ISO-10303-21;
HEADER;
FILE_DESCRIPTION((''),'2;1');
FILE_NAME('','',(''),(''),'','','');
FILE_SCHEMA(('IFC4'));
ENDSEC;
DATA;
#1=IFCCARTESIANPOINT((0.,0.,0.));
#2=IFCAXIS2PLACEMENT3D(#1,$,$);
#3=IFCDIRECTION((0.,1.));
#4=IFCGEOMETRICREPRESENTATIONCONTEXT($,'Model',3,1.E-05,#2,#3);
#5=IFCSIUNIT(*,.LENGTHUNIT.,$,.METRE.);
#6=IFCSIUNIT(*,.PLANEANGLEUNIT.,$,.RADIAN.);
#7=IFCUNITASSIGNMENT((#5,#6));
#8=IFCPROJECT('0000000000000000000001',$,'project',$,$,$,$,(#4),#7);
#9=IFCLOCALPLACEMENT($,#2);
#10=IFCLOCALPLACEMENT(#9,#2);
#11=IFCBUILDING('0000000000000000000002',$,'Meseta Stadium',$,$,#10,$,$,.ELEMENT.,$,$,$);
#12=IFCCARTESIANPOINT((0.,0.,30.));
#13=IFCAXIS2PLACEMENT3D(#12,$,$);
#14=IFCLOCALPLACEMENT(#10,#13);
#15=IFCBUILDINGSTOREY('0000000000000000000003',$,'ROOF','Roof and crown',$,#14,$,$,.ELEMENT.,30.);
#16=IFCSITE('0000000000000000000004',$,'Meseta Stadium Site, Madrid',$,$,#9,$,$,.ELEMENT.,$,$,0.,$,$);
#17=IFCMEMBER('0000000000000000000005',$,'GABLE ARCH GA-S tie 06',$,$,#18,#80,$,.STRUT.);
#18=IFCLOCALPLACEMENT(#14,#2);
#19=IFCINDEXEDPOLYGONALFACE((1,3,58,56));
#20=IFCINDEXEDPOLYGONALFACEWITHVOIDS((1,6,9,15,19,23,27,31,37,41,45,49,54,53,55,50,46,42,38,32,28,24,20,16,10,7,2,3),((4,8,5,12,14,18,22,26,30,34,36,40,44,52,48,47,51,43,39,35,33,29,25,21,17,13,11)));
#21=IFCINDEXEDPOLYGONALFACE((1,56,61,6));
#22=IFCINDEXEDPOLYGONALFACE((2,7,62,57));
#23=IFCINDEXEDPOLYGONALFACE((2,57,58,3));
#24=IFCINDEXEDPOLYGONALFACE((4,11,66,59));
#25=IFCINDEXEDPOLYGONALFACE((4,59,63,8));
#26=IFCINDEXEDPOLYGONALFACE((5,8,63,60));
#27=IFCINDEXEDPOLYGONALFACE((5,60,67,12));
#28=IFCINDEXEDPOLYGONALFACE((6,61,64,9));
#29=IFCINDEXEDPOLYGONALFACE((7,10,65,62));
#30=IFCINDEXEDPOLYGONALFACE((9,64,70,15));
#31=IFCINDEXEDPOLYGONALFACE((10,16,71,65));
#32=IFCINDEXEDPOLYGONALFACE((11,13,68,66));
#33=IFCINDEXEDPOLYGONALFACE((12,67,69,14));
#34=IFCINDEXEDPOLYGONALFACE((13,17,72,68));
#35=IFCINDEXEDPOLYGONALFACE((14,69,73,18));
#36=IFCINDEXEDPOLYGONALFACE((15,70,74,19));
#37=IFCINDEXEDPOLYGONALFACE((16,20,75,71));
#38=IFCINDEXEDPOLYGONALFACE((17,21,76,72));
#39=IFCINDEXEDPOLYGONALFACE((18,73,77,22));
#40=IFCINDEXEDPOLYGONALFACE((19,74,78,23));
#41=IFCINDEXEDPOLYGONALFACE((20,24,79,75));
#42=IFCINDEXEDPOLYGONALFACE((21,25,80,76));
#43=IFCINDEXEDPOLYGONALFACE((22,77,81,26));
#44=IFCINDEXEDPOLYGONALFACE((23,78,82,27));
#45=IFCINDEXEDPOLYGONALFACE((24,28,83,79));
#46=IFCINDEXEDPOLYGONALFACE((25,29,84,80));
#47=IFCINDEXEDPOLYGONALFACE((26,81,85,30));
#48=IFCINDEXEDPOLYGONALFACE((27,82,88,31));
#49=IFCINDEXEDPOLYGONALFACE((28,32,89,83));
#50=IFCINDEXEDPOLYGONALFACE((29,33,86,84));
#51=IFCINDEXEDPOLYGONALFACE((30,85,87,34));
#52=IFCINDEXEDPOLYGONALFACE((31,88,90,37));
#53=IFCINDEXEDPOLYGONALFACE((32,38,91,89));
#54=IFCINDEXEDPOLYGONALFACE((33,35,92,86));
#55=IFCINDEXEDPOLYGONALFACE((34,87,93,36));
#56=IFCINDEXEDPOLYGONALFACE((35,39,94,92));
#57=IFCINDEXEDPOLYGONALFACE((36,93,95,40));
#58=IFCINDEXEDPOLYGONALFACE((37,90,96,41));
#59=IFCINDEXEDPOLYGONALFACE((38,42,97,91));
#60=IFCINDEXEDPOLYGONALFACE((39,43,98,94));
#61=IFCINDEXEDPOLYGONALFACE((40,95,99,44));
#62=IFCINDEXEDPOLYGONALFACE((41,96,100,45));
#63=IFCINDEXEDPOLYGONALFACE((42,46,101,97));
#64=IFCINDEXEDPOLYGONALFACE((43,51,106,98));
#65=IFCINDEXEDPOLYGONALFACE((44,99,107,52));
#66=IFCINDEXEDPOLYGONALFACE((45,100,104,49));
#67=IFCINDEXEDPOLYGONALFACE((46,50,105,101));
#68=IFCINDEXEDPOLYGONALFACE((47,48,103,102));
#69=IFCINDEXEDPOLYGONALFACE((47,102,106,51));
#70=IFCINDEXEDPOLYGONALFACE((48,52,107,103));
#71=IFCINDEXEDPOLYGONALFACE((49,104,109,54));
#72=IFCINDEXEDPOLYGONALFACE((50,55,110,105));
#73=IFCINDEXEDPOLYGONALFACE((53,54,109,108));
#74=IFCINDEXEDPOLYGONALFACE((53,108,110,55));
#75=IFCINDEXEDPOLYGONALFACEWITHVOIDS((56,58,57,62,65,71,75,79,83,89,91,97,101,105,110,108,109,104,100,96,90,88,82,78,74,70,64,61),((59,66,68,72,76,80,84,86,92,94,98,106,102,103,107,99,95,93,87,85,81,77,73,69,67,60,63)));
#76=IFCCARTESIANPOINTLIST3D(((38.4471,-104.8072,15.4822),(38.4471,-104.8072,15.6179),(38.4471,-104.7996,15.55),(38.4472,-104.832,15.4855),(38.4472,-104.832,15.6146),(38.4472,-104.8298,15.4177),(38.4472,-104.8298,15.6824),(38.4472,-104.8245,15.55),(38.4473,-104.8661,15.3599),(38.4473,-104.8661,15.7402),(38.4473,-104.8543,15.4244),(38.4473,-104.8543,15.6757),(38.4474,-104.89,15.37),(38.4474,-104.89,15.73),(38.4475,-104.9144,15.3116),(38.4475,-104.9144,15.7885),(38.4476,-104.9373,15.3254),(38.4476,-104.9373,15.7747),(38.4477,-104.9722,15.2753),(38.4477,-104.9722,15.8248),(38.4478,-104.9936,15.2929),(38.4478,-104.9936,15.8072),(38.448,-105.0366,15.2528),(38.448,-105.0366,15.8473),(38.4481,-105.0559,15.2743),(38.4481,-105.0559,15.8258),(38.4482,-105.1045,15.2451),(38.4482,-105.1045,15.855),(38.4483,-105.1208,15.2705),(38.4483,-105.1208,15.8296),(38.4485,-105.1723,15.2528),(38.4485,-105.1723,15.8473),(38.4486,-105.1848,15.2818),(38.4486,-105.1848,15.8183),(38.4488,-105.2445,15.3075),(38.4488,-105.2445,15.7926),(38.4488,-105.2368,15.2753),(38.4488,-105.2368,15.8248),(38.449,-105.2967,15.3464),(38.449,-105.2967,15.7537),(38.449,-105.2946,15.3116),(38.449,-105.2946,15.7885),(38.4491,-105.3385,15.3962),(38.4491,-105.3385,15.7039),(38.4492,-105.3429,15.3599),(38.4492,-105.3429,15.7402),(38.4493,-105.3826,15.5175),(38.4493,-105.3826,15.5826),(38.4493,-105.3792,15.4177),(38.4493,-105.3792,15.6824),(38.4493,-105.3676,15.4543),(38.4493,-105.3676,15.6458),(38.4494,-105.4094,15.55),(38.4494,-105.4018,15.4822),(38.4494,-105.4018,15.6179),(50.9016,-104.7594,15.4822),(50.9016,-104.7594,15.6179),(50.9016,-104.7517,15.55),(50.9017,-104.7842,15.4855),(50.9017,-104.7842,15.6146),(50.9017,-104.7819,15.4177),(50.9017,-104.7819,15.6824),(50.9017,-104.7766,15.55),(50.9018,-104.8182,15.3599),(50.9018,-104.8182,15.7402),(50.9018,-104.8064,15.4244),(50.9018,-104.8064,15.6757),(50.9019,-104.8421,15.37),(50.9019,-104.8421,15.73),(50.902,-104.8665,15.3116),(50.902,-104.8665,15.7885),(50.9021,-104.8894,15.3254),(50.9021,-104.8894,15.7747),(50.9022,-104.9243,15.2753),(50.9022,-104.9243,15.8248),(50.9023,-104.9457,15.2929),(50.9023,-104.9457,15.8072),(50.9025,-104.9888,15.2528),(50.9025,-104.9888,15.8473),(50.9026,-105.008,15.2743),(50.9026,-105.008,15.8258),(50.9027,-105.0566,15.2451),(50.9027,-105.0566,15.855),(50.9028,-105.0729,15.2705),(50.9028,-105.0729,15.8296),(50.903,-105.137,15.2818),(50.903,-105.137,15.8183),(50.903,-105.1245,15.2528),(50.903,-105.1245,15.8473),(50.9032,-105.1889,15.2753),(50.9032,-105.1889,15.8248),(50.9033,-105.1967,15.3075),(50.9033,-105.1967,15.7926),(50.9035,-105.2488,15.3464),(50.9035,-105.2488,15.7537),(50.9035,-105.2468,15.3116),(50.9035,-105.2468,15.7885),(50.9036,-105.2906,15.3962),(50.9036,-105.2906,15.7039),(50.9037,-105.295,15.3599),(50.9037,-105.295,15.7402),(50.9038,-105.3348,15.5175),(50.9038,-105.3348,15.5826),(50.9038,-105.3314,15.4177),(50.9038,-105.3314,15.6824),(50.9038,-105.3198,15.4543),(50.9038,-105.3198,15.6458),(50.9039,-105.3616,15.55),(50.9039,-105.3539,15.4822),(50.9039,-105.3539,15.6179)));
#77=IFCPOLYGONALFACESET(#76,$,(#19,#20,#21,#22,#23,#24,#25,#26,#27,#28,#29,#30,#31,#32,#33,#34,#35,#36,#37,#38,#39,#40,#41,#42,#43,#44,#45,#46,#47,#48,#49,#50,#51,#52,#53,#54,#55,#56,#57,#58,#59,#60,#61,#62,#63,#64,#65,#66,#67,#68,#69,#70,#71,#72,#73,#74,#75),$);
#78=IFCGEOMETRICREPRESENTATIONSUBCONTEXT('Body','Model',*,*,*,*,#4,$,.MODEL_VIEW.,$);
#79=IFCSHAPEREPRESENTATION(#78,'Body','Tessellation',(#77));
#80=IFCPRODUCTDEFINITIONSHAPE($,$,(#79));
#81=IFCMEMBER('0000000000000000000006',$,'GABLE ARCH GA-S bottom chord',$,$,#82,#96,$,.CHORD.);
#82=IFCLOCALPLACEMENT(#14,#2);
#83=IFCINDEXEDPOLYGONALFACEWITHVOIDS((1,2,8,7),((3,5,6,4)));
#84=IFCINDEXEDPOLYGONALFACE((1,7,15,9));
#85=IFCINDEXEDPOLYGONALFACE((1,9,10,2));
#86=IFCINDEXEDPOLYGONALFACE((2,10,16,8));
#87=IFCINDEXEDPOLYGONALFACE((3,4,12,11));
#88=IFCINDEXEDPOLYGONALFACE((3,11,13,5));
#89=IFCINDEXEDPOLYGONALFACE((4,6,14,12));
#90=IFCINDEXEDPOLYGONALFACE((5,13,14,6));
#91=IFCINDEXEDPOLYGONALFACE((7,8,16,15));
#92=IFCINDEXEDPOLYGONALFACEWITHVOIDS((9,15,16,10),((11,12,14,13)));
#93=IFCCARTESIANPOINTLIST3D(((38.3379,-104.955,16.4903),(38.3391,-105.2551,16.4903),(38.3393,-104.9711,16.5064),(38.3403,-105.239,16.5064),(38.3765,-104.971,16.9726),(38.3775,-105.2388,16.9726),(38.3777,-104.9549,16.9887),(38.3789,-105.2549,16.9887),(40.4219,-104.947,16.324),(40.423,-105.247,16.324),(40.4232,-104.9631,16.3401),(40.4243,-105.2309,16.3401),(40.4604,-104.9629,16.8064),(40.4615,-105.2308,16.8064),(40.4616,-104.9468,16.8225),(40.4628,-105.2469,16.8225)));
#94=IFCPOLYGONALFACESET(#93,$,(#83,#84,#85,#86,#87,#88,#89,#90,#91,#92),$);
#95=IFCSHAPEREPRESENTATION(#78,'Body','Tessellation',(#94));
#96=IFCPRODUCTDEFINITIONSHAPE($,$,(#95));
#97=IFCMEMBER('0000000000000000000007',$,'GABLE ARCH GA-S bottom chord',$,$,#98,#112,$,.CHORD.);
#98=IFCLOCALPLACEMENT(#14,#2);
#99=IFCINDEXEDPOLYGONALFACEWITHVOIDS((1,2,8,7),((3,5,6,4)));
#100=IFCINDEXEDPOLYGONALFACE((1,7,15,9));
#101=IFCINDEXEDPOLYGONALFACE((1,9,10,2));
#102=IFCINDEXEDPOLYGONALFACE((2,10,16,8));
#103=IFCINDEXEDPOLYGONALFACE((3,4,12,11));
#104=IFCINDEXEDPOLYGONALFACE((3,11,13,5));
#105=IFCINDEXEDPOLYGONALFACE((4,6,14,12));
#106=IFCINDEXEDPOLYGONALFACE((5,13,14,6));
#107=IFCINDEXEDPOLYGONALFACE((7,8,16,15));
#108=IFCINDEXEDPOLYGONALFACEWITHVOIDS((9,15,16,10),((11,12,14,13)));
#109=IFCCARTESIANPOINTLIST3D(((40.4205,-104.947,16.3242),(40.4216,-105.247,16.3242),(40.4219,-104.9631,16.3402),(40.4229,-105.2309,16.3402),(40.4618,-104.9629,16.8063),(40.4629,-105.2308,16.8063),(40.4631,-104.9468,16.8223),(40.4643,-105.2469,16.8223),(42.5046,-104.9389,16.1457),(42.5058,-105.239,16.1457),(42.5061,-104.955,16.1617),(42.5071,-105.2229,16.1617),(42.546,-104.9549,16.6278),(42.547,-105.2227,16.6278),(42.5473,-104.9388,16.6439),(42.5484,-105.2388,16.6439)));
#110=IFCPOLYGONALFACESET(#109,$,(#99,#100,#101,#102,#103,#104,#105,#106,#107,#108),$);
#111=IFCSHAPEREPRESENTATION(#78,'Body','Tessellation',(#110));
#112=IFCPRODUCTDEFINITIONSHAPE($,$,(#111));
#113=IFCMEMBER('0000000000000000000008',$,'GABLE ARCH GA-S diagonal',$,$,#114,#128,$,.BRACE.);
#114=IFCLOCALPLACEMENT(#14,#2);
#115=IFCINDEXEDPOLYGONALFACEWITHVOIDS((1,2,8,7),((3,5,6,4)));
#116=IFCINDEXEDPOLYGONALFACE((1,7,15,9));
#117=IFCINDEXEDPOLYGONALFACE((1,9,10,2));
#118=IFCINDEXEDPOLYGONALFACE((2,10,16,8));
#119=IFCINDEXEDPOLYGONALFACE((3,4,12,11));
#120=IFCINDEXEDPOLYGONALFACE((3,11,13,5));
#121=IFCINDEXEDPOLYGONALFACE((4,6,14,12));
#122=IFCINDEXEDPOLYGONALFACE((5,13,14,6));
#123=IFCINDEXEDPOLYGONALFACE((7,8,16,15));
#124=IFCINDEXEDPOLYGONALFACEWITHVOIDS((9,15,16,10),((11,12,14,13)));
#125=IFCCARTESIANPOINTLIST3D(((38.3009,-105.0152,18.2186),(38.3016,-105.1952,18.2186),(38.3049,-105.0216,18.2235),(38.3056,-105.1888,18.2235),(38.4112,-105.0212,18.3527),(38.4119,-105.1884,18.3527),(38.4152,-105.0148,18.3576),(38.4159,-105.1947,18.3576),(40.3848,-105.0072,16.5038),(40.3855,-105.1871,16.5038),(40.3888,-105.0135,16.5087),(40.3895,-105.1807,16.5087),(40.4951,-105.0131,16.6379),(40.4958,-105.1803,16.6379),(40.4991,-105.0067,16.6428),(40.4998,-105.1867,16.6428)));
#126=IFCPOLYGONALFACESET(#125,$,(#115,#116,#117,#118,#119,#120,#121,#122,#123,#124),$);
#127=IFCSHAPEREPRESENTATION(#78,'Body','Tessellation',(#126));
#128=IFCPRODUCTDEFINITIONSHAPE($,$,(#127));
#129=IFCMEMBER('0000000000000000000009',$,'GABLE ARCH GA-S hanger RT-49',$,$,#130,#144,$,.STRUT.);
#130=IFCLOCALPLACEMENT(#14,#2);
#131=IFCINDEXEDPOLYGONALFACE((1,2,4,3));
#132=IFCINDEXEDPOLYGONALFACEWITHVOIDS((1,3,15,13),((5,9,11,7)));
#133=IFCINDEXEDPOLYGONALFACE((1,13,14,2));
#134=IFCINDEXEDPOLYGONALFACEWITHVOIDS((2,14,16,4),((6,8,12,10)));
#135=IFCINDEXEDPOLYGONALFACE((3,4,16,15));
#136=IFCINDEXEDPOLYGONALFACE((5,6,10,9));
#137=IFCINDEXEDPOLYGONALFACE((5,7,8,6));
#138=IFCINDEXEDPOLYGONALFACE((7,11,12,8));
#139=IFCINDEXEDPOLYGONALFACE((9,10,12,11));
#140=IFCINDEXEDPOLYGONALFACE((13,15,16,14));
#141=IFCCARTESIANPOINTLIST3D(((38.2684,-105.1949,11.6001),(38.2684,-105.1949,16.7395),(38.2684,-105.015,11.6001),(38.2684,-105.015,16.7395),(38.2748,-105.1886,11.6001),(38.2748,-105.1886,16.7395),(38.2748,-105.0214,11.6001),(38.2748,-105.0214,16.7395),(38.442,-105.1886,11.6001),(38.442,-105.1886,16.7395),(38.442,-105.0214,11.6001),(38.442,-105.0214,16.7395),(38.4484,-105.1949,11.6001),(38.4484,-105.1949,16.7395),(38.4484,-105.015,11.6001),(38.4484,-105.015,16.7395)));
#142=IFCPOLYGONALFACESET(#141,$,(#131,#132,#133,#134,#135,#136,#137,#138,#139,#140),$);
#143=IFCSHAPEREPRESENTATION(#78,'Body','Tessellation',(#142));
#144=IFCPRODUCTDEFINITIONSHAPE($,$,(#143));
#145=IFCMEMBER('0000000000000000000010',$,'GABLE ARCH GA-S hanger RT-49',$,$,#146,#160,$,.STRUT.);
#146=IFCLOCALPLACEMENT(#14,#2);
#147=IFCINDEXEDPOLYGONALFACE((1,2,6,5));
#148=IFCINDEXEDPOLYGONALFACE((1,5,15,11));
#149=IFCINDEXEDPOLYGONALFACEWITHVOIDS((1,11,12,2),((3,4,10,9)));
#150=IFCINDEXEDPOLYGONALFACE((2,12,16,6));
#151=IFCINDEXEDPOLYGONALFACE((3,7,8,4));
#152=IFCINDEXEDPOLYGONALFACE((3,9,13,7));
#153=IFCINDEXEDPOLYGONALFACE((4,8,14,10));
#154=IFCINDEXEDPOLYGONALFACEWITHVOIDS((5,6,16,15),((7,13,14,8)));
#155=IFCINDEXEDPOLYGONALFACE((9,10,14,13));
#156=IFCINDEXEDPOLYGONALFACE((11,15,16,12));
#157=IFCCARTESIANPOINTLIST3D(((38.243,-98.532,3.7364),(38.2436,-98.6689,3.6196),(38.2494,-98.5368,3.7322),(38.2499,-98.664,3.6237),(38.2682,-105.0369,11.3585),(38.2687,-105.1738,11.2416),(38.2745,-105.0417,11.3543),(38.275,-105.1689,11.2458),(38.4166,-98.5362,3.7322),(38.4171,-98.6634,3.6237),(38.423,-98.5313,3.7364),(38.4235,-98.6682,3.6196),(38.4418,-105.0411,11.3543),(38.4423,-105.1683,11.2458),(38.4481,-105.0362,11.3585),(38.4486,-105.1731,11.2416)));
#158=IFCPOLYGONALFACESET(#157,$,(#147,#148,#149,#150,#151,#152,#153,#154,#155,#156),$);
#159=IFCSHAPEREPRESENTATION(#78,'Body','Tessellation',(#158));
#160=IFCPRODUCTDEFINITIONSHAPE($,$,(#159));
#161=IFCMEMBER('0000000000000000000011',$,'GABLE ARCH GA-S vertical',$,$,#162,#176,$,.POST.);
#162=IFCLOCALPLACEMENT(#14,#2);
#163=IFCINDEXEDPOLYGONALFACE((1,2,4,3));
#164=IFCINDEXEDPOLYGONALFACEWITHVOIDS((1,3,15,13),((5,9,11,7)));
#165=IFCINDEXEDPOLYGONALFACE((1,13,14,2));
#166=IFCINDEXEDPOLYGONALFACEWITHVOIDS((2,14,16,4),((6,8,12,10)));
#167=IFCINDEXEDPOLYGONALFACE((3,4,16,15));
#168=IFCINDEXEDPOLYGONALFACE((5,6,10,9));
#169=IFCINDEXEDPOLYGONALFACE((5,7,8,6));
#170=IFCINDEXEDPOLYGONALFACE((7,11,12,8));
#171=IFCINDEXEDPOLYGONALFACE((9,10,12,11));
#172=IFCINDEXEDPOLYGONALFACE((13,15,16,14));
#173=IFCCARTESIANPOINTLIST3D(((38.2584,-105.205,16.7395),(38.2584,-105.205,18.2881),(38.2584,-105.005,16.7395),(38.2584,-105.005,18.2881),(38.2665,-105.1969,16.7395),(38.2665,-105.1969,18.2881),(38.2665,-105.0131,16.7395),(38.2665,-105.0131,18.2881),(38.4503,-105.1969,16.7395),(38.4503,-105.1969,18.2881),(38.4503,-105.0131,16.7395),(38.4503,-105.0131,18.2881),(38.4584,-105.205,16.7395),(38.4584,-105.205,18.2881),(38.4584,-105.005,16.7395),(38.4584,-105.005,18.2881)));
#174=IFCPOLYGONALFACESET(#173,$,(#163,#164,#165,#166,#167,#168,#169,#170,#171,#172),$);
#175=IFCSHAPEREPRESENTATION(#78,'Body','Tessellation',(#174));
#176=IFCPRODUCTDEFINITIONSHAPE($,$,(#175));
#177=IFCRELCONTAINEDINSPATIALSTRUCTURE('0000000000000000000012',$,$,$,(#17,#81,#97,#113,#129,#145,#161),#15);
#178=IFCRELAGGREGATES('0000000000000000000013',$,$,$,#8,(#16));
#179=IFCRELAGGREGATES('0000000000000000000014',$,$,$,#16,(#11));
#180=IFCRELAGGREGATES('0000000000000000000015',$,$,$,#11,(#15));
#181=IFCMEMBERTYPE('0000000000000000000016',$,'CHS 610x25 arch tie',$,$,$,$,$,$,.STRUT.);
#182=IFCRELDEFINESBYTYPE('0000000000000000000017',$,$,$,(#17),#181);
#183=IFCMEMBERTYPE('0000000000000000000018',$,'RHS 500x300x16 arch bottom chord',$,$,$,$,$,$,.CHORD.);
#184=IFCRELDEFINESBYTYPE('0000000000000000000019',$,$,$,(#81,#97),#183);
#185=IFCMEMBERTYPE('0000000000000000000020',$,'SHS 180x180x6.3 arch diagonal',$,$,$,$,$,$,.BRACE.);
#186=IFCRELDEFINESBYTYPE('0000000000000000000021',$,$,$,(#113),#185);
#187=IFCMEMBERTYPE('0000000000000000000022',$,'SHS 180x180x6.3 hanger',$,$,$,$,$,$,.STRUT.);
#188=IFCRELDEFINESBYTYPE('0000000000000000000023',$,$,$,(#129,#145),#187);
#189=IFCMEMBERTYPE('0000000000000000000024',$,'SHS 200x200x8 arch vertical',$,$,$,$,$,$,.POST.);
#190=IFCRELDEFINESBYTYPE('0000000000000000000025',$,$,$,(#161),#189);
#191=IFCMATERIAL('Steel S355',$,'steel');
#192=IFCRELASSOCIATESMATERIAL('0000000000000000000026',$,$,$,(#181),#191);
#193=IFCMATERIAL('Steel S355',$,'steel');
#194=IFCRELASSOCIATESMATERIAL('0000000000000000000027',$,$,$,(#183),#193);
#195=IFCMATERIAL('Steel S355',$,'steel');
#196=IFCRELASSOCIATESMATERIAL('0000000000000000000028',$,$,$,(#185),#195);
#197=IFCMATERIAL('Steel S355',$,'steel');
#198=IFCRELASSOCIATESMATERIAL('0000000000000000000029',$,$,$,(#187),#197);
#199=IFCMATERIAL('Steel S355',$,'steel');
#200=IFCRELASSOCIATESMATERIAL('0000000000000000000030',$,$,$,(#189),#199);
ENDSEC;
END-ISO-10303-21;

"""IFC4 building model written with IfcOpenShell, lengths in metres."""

from ifc_helpers import new_model, si_unit, direction, frame, origin, origin_2d, place, context, subcontext, project, spatial, hollow_rectangle, hollow_circle, extrude, material, material_profile, profile_set, type_object, element, save


model = new_model("IFC4")

# Units and contexts
model_context = context("Model", 3, precision=1e-05, world=origin(), true_north=direction((0.0, 1.0)))
body_context = subcontext(model_context, "Body", "Model", "MODEL_VIEW")
ifc_project = project(units=[si_unit("LENGTHUNIT", "METRE"), si_unit("PLANEANGLEUNIT", "RADIAN")], contexts=[model_context])

# Site, building, storey
site_placement = place(None, origin())
site = spatial("IfcSite", under=ifc_project, at=site_placement, Name="Meseta Stadium Site, Madrid", CompositionType="ELEMENT", RefElevation=0.0)
building_placement = place(site_placement, origin())
building = spatial("IfcBuilding", under=site, at=building_placement, Name="Meseta Stadium", CompositionType="ELEMENT")
storey_placement = place(building_placement, frame((0.0, 0.0, 30.0)))
storey = spatial("IfcBuildingStorey", under=building, at=storey_placement, Name="ROOF", Description="Roof and crown", CompositionType="ELEMENT", Elevation=30.0)

# Members
ifc_material_1 = material(Name="Steel S355", Category="steel")
ifc_material_profile_1 = material_profile(ifc_material_1, hollow_circle(Radius=0.3049, WallThickness=0.0249, at=origin_2d()), Name="CHS 610x25")
ifc_profile_set_1 = profile_set([ifc_material_profile_1], Name="Steel S355")
member_type_1 = type_object("IfcMemberType", Name="CHS 610x25 arch tie", PredefinedType="STRUT", material=ifc_profile_set_1)
member_1_placement = place(storey_placement, frame((38.4482, -105.1045, 15.55), z_axis=(0.999993, 0.003842, 0.0), x_axis=(-0.003842, 0.999993, 0.0)))
element("IfcMember", 1, at=member_1_placement, inside=storey, type_object=member_type_1, Name="GABLE ARCH GA-S tie 06", PredefinedType="STRUT", context=body_context, shape_type="SweptSolid", body=[
    extrude(hollow_circle(Radius=0.3049, WallThickness=0.0249, at=origin_2d()), origin(), (0.0, 0.0, 1.0), 12.4546),
])
ifc_material_2 = material(Name="Steel S355", Category="steel")
ifc_material_profile_2 = material_profile(ifc_material_2, hollow_rectangle(XDim=0.3, YDim=0.5, WallThickness=0.0161, at=origin_2d()), Name="RHS 500x300x16")
ifc_profile_set_2 = profile_set([ifc_material_profile_2], Name="Steel S355")
member_type_2 = type_object("IfcMemberType", Name="RHS 500x300x16 arch bottom chord", PredefinedType="CHORD", material=ifc_profile_set_2)
member_2_placement = place(storey_placement, frame((38.3584, -105.105, 16.7395), z_axis=(0.996825, 0.003854, -0.079526), x_axis=(-0.003866, 0.999993, 0.0)))
element("IfcMember", 2, at=member_2_placement, inside=storey, type_object=member_type_2, Name="GABLE ARCH GA-S bottom chord", PredefinedType="CHORD", context=body_context, shape_type="SweptSolid", body=[
    extrude(hollow_rectangle(XDim=0.3, YDim=0.5, WallThickness=0.0161, at=origin_2d()), origin(), (0.0, 0.0, 1.0), 2.0906),
])
member_3_placement = place(storey_placement, frame((40.4424, -105.0969, 16.5732), z_axis=(0.996347, 0.003851, -0.085314), x_axis=(-0.003865, 0.999993, 0.0)))
element("IfcMember", 3, at=member_3_placement, inside=storey, type_object=member_type_2, Name="GABLE ARCH GA-S bottom chord", PredefinedType="CHORD", context=body_context, shape_type="SweptSolid", body=[
    extrude(hollow_rectangle(XDim=0.3, YDim=0.5, WallThickness=0.0161, at=origin_2d()), origin(), (0.0, 0.0, 1.0), 2.0918),
])
ifc_material_3 = material(Name="Steel S355", Category="steel")
ifc_material_profile_3 = material_profile(ifc_material_3, hollow_rectangle(XDim=0.1799, YDim=0.1799, WallThickness=0.0063, at=origin_2d()), Name="SHS 180x180x6.3")
ifc_profile_set_3 = profile_set([ifc_material_profile_3], Name="Steel S355")
member_type_3 = type_object("IfcMemberType", Name="SHS 180x180x6.3 arch diagonal", PredefinedType="BRACE", material=ifc_profile_set_3)
member_4_placement = place(storey_placement, frame((38.3584, -105.105, 18.2881), z_axis=(0.772177, 0.002985, -0.6354), x_axis=(-0.003866, 0.999993, 0.0)))
element("IfcMember", 4, at=member_4_placement, inside=storey, type_object=member_type_3, Name="GABLE ARCH GA-S diagonal", PredefinedType="BRACE", context=body_context, shape_type="SweptSolid", body=[
    extrude(hollow_rectangle(XDim=0.1799, YDim=0.1799, WallThickness=0.0063, at=origin_2d()), origin(), (0.0, 0.0, 1.0), 2.6987),
])
ifc_material_4 = material(Name="Steel S355", Category="steel")
ifc_material_profile_4 = material_profile(ifc_material_4, hollow_rectangle(XDim=0.1799, YDim=0.1799, WallThickness=0.0063, at=origin_2d()), Name="SHS 180x180x6.3")
ifc_profile_set_4 = profile_set([ifc_material_profile_4], Name="Steel S355")
member_type_4 = type_object("IfcMemberType", Name="SHS 180x180x6.3 hanger", PredefinedType="STRUT", material=ifc_profile_set_4)
member_5_placement = place(storey_placement, frame((38.3584, -105.105, 16.7395), z_axis=(0.0, 0.0, -1.0), x_axis=(1.0, 0.0, 0.0)))
element("IfcMember", 5, at=member_5_placement, inside=storey, type_object=member_type_4, Name="GABLE ARCH GA-S hanger RT-49", PredefinedType="STRUT", context=body_context, shape_type="SweptSolid", body=[
    extrude(hollow_rectangle(XDim=0.1799, YDim=0.1799, WallThickness=0.0063, at=origin_2d()), origin(), (0.0, 0.0, 1.0), 5.1394),
])
member_6_placement = place(storey_placement, frame((38.3584, -105.105, 11.3), z_axis=(-0.00251, 0.649159, -0.760649), x_axis=(-0.999993, -0.003866, 0.0)))
element("IfcMember", 6, at=member_6_placement, inside=storey, type_object=member_type_4, Name="GABLE ARCH GA-S hanger RT-49", PredefinedType="STRUT", context=body_context, shape_type="SweptSolid", body=[
    extrude(hollow_rectangle(XDim=0.1799, YDim=0.1799, WallThickness=0.0063, at=origin_2d()), origin(), (0.0, 0.0, 1.0), 10.0205),
])
ifc_material_5 = material(Name="Steel S355", Category="steel")
ifc_material_profile_5 = material_profile(ifc_material_5, hollow_rectangle(XDim=0.2, YDim=0.2, WallThickness=0.0081, at=origin_2d()), Name="SHS 200x200x8")
ifc_profile_set_5 = profile_set([ifc_material_profile_5], Name="Steel S355")
member_type_5 = type_object("IfcMemberType", Name="SHS 200x200x8 arch vertical", PredefinedType="POST", material=ifc_profile_set_5)
member_7_placement = place(storey_placement, frame((38.3584, -105.105, 16.7395), z_axis=(0.0, 0.0, 1.0), x_axis=(1.0, 0.0, 0.0)))
element("IfcMember", 7, at=member_7_placement, inside=storey, type_object=member_type_5, Name="GABLE ARCH GA-S vertical", PredefinedType="POST", context=body_context, shape_type="SweptSolid", body=[
    extrude(hollow_rectangle(XDim=0.2, YDim=0.2, WallThickness=0.0081, at=origin_2d()), origin(), (0.0, 0.0, 1.0), 1.5486),
])

save(model, "model.ifc")
